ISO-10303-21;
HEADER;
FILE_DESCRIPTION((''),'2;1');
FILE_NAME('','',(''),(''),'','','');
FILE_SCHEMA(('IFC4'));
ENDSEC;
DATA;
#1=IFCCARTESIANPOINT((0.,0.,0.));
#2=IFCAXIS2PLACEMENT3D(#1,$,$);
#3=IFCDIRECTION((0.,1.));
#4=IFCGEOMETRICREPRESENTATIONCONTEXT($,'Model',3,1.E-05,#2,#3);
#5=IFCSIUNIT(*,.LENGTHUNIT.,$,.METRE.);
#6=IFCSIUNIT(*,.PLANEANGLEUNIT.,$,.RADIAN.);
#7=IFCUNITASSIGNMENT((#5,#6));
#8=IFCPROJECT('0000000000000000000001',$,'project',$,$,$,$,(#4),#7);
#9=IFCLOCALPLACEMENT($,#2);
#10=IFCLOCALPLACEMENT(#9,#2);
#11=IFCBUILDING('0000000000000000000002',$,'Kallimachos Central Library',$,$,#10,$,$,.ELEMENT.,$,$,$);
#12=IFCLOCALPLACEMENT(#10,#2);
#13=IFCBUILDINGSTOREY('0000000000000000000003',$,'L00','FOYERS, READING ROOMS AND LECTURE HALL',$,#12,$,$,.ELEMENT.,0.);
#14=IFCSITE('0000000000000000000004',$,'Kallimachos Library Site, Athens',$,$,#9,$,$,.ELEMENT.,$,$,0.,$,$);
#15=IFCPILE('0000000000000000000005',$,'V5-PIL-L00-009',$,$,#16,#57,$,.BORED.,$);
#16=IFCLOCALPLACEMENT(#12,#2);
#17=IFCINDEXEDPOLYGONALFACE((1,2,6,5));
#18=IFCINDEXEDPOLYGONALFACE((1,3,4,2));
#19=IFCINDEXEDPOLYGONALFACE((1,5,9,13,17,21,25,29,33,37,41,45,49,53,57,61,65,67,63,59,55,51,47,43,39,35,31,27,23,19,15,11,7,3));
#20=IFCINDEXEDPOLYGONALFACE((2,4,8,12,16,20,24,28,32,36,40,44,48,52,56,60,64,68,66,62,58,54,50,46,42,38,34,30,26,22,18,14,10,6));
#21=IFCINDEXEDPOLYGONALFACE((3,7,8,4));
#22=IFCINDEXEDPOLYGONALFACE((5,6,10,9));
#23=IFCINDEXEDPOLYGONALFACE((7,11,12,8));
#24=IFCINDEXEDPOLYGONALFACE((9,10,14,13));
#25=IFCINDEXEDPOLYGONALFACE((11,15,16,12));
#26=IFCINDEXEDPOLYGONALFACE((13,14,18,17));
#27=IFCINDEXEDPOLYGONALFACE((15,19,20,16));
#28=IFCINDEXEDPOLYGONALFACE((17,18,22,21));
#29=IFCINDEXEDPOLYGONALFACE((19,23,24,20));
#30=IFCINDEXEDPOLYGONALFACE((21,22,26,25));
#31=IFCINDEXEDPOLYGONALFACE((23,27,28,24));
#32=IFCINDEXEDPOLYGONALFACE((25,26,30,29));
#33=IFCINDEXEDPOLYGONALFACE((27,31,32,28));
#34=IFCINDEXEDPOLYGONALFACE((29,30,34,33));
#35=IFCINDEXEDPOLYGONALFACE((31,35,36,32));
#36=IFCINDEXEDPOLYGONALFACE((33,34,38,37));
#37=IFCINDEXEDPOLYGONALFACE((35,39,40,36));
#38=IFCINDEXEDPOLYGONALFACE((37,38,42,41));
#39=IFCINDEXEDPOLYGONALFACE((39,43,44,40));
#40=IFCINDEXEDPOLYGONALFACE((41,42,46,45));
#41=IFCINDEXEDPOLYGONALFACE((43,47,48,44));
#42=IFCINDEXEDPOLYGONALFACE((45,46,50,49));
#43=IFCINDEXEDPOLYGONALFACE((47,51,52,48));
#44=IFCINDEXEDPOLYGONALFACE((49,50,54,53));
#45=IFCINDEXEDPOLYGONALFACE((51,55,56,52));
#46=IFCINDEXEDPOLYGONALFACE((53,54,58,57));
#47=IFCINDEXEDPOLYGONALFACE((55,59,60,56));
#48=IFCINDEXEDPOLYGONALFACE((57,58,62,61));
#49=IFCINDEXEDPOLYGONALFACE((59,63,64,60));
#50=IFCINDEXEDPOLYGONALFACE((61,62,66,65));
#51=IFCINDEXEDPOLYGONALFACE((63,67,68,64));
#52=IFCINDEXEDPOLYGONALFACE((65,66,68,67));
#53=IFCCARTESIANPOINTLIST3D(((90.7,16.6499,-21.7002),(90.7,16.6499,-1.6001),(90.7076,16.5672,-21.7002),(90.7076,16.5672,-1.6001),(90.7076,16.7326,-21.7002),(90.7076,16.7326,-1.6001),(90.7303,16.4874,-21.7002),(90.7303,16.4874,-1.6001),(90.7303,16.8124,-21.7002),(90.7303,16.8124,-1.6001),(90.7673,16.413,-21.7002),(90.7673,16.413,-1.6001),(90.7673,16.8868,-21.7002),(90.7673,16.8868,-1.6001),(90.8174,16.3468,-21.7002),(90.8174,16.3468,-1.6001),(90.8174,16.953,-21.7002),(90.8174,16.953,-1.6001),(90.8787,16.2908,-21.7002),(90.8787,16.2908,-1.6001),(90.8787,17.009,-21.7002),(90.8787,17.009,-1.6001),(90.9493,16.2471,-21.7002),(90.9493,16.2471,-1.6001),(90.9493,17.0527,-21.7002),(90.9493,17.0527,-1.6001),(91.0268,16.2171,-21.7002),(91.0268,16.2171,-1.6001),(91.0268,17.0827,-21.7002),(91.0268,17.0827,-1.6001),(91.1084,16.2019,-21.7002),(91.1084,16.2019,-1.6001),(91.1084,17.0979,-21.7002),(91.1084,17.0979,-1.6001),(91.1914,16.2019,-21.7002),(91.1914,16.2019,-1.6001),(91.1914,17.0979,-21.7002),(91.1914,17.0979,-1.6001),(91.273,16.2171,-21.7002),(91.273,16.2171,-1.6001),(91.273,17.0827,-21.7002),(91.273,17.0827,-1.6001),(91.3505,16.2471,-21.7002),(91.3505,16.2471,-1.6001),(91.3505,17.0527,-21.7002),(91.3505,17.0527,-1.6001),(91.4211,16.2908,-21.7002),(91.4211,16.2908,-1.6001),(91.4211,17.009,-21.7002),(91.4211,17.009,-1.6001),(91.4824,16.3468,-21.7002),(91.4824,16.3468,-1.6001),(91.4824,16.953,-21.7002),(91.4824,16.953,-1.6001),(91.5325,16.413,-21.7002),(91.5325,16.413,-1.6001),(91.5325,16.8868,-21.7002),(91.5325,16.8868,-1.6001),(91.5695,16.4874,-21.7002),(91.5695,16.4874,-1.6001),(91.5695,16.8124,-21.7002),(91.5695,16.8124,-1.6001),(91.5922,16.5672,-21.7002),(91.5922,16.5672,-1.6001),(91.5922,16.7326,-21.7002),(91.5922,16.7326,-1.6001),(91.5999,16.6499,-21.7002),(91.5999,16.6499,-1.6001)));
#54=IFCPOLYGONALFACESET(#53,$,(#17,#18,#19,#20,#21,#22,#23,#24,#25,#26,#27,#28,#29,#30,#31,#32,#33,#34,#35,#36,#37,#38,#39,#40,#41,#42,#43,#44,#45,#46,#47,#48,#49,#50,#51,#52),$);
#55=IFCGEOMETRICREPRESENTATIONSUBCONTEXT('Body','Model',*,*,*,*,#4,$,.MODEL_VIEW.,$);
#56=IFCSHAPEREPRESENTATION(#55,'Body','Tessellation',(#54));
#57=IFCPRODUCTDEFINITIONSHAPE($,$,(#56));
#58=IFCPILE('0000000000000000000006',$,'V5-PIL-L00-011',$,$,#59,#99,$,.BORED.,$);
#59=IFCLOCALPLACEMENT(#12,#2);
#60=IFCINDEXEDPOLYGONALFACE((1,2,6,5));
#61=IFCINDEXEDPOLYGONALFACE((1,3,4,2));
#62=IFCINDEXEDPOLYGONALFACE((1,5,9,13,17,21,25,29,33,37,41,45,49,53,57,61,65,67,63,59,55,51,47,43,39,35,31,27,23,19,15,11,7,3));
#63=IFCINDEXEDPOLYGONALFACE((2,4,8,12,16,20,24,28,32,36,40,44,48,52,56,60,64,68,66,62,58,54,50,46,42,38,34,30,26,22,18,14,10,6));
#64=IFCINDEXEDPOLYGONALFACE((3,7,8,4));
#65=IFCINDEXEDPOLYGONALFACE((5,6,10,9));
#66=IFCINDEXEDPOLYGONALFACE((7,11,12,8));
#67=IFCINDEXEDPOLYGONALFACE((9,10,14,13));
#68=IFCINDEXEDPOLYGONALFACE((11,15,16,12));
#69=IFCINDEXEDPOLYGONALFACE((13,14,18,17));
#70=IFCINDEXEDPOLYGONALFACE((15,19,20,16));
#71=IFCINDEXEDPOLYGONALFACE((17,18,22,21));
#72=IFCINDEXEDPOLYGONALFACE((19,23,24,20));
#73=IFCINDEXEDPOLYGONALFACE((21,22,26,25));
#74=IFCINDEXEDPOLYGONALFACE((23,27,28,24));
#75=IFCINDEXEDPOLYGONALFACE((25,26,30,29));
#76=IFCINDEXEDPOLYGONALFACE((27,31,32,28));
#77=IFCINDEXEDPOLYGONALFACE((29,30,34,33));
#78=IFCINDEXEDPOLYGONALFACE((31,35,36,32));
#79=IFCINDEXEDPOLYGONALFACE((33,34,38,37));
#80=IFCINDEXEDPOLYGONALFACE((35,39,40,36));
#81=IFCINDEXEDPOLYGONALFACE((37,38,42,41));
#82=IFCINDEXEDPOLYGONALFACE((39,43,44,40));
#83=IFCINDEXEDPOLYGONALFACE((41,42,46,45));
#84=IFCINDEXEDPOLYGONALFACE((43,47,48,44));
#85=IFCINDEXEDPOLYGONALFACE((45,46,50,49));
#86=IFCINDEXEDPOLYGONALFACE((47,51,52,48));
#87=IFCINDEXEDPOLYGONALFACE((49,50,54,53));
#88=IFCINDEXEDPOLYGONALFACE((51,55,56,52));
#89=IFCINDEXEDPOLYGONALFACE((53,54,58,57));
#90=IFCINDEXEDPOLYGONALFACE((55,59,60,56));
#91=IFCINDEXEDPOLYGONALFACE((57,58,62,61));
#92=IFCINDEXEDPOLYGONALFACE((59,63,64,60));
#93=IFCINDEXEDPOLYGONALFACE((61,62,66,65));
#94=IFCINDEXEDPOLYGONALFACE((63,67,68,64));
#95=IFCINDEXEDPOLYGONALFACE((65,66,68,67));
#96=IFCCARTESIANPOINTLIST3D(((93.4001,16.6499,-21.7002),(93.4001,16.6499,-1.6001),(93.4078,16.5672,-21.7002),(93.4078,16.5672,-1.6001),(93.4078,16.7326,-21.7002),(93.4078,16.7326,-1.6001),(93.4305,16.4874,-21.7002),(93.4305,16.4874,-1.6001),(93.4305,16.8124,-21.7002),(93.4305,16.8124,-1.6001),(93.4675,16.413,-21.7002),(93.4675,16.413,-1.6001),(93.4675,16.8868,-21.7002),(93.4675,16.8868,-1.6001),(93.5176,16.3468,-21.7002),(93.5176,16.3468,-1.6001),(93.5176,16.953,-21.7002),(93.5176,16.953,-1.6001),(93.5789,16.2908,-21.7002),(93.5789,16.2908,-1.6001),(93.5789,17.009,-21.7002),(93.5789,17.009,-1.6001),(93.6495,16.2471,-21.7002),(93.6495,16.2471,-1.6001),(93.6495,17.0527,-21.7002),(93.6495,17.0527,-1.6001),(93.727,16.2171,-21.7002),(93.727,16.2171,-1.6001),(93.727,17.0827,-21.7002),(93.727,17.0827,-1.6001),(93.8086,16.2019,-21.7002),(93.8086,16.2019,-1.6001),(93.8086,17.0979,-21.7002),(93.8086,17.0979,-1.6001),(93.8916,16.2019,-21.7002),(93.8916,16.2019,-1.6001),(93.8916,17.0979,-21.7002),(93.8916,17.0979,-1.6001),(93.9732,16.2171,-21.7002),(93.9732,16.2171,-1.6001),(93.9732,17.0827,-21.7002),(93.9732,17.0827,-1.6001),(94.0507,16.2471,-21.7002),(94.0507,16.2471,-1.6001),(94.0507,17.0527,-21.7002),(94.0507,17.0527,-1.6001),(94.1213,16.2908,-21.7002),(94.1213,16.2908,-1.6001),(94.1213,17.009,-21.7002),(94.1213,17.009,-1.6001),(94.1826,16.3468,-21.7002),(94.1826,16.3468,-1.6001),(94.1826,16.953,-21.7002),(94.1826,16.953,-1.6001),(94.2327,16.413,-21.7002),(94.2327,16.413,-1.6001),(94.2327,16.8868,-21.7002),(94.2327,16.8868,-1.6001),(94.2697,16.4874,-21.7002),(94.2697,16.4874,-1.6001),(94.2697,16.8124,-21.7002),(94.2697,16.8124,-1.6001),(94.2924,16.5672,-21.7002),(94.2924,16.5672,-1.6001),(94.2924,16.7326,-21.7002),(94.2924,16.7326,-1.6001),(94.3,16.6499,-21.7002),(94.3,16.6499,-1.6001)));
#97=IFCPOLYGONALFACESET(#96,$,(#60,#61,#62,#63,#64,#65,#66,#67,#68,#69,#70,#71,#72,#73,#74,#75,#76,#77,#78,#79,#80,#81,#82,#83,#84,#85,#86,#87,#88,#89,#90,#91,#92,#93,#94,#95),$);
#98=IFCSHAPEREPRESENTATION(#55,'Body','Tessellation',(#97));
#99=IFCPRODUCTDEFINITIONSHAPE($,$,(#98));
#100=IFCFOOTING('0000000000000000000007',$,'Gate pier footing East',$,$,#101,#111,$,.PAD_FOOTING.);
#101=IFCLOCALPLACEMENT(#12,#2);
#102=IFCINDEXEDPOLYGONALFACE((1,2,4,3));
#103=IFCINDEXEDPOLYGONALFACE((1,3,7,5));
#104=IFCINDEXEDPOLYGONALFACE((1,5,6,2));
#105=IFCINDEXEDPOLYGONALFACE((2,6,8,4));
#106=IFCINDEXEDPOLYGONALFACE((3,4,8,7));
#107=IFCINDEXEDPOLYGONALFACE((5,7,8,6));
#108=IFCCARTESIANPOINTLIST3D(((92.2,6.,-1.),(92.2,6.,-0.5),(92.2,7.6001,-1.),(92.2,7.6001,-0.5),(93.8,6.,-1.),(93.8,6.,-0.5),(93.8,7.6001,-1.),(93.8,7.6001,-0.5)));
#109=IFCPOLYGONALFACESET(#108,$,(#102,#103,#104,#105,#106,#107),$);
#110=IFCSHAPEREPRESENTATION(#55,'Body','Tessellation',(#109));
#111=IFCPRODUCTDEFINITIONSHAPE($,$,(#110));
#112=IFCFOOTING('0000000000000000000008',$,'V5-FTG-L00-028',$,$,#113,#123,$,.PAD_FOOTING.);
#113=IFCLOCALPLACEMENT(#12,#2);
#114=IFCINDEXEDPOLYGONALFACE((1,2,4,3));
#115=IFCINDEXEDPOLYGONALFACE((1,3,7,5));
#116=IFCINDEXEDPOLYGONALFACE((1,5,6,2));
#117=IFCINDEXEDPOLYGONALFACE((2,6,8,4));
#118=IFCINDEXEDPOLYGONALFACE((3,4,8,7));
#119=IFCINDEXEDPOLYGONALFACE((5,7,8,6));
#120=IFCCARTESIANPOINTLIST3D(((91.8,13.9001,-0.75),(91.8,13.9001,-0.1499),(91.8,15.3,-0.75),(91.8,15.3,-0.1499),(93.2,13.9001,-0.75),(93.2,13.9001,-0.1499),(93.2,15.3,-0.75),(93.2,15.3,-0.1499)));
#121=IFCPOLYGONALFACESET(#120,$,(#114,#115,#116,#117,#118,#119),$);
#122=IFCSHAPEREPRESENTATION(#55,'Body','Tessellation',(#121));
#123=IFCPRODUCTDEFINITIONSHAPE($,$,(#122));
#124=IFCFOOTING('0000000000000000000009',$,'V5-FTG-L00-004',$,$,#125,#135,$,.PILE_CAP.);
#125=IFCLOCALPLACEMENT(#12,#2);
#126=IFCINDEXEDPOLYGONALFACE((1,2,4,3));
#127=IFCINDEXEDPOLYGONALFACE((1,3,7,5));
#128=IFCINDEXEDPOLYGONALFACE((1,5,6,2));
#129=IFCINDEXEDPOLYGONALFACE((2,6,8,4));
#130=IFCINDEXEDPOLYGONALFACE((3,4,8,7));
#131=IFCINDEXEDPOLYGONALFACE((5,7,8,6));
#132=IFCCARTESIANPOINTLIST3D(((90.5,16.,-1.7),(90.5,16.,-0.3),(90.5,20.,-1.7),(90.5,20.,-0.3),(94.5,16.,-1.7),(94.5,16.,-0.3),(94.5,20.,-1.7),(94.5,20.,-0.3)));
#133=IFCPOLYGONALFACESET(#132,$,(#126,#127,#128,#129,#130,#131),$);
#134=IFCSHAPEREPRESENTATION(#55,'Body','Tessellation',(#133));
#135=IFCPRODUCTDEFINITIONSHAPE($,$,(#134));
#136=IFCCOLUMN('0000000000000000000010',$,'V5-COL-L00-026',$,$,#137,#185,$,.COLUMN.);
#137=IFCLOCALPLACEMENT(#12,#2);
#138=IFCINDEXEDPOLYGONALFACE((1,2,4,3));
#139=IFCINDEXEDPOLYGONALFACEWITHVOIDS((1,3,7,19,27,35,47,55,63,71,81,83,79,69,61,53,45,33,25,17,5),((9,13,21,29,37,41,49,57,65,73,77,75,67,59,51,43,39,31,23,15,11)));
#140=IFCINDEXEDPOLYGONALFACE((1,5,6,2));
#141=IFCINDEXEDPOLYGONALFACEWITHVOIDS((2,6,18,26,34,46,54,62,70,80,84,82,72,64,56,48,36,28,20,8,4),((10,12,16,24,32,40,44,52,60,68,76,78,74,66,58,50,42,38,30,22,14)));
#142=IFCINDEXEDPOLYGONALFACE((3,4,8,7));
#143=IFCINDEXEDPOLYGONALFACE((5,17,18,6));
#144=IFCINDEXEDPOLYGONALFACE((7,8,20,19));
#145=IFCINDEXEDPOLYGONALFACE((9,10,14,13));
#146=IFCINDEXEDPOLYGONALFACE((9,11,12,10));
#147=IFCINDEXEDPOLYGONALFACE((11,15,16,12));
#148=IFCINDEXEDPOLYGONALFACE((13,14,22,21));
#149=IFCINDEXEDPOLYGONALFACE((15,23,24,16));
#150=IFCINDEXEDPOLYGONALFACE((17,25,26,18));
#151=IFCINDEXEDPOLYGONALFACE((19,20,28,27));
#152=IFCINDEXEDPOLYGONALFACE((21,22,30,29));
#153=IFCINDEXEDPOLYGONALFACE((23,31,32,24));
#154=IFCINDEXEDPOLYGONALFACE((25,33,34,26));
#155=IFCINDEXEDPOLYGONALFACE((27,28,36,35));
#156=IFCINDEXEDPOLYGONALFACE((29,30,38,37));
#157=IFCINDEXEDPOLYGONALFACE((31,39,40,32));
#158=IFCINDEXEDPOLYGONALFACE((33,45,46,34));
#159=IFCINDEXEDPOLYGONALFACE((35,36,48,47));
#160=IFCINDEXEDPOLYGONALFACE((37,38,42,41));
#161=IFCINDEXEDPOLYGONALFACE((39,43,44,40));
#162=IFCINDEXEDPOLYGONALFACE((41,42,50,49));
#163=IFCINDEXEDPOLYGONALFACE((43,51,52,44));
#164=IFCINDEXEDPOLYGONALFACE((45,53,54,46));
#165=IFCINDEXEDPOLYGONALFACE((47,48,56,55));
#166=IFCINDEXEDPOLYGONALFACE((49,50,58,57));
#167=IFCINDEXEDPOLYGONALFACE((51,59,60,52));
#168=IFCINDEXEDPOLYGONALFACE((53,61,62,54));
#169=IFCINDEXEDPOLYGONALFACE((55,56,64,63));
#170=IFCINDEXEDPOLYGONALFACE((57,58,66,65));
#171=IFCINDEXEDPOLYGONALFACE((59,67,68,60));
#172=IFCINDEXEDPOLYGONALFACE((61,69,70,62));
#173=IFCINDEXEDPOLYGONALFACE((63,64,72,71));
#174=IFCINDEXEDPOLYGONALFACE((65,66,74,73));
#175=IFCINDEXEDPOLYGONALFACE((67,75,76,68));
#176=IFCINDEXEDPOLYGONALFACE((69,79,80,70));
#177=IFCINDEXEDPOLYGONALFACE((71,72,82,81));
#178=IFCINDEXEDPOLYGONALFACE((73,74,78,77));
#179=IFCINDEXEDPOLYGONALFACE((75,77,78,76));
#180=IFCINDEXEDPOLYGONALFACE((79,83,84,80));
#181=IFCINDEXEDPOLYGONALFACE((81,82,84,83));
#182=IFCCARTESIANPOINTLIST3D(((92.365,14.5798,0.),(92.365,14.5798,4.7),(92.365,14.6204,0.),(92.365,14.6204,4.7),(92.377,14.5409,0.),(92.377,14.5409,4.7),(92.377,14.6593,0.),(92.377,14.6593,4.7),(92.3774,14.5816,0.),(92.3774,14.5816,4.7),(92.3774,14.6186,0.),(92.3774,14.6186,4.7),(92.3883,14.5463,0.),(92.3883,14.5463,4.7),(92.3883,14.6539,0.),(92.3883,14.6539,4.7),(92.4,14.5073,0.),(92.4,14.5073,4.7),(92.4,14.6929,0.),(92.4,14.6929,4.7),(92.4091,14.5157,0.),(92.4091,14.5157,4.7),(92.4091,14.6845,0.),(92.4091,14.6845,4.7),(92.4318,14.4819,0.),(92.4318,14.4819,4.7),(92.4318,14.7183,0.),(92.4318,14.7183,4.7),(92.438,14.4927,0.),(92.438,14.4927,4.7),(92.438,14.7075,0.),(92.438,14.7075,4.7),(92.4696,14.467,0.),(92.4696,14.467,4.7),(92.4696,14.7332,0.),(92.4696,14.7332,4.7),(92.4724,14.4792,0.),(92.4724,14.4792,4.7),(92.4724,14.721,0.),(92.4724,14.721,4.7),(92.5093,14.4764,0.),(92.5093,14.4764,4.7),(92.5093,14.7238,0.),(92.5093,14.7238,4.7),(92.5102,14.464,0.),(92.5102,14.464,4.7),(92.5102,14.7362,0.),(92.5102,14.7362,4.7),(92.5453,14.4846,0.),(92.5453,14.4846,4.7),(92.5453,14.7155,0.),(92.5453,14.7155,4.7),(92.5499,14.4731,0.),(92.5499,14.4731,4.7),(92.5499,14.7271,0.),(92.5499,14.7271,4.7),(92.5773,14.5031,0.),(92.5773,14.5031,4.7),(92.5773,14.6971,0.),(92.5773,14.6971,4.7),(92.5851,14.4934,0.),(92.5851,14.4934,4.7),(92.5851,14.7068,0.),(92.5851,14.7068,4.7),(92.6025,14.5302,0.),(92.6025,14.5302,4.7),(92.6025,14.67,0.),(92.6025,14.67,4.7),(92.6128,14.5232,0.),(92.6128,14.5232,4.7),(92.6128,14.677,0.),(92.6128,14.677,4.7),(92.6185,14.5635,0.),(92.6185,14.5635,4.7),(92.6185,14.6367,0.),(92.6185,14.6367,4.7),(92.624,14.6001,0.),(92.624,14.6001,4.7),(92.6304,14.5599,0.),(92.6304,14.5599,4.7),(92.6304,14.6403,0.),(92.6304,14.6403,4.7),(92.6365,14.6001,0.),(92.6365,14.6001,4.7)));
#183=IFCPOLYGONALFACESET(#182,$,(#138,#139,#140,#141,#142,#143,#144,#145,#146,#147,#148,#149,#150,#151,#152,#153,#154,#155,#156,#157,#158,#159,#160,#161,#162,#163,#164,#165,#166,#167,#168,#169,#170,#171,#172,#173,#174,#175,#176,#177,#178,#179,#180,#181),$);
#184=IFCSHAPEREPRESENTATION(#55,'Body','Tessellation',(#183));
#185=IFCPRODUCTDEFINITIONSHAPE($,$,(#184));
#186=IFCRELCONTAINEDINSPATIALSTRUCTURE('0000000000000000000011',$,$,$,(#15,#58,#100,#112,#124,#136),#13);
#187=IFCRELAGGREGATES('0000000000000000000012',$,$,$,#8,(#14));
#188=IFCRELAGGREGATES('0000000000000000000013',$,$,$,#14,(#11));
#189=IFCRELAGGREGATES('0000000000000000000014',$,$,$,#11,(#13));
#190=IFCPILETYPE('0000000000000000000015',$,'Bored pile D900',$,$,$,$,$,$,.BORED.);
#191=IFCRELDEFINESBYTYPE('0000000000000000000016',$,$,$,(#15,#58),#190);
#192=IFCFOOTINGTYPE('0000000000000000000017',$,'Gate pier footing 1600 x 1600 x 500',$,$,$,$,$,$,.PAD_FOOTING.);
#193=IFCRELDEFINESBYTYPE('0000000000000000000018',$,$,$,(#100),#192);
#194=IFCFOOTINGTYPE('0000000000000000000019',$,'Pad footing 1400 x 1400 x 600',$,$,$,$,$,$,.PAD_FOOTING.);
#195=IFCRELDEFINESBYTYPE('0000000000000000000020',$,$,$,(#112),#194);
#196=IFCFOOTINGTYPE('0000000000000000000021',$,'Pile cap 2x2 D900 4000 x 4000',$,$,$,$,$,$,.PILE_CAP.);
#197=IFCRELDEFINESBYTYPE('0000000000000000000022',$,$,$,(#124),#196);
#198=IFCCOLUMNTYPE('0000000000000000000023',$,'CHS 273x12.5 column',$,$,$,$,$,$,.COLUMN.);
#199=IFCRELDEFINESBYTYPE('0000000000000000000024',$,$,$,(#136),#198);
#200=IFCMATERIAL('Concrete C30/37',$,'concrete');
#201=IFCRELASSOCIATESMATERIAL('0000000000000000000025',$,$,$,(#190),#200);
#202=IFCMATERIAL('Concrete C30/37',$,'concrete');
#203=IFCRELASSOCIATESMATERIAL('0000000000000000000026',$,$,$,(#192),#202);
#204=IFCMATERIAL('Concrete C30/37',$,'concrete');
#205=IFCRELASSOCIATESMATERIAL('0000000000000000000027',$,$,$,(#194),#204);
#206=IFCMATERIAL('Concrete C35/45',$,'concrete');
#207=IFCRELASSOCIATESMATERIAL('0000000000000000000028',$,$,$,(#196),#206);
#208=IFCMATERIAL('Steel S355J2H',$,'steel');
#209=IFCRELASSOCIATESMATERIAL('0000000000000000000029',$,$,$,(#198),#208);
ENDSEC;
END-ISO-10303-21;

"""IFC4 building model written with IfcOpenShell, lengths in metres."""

from ifc_helpers import new_model, si_unit, direction, frame, origin, origin_2d, place, context, subcontext, project, spatial, rectangle, circle, hollow_circle, extrude, material, material_profile, profile_set, type_object, element, save


model = new_model("IFC4")

# Units and contexts
model_context = context("Model", 3, precision=1e-05, world=origin(), true_north=direction((0.0, 1.0)))
body_context = subcontext(model_context, "Body", "Model", "MODEL_VIEW")
ifc_project = project(units=[si_unit("LENGTHUNIT", "METRE"), si_unit("PLANEANGLEUNIT", "RADIAN")], contexts=[model_context])

# Site, building, storey
site_placement = place(None, origin())
site = spatial("IfcSite", under=ifc_project, at=site_placement, Name="Kallimachos Library Site, Athens", CompositionType="ELEMENT", RefElevation=0.0)
building_placement = place(site_placement, origin())
building = spatial("IfcBuilding", under=site, at=building_placement, Name="Kallimachos Central Library", CompositionType="ELEMENT")
storey_placement = place(building_placement, origin())
storey = spatial("IfcBuildingStorey", under=building, at=storey_placement, Name="L00", Description="FOYERS, READING ROOMS AND LECTURE HALL", CompositionType="ELEMENT", Elevation=0.0)

# Piles
ifc_material_1 = material(Name="Concrete C30/37", Category="concrete")
pile_type = type_object("IfcPileType", Name="Bored pile D900", PredefinedType="BORED", material=ifc_material_1)
for number, where, z_axis, x_axis, name in (
    (1, (91.1499, 16.6499, -1.6001), (0.0, 0.0, -1.0), (1.0, 0.0, 0.0), "V5-PIL-L00-009"),
    (2, (93.8501, 16.6499, -1.6001), (0.0, 0.0, -1.0), (1.0, 0.0, 0.0), "V5-PIL-L00-011"),
):
    element("IfcPile", number, at=place(storey_placement, frame(where, z_axis=z_axis, x_axis=x_axis)), inside=storey, type_object=pile_type, Name=name, PredefinedType="BORED", context=body_context, shape_type="SweptSolid", body=[
        extrude(circle(Radius=0.45, at=origin_2d()), origin(), (0.0, 0.0, 1.0), 20.1001),
    ])

# Footings
ifc_material_2 = material(Name="Concrete C30/37", Category="concrete")
footing_type_1 = type_object("IfcFootingType", Name="Gate pier footing 1600 x 1600 x 500", PredefinedType="PAD_FOOTING", material=ifc_material_2)
footing_1_placement = place(storey_placement, frame((93.0, 6.8, -1.0), z_axis=(0.0, 0.0, 1.0), x_axis=(1.0, 0.0, 0.0)))
element("IfcFooting", 3, at=footing_1_placement, inside=storey, type_object=footing_type_1, Name="Gate pier footing East", PredefinedType="PAD_FOOTING", context=body_context, shape_type="SweptSolid", body=[
    extrude(rectangle(XDim=1.6001, YDim=1.6001, at=origin_2d()), origin(), (0.0, 0.0, 1.0), 0.5),
])
ifc_material_3 = material(Name="Concrete C30/37", Category="concrete")
footing_type_2 = type_object("IfcFootingType", Name="Pad footing 1400 x 1400 x 600", PredefinedType="PAD_FOOTING", material=ifc_material_3)
footing_2_placement = place(storey_placement, frame((92.5, 14.6001, -0.75), z_axis=(0.0, 0.0, 1.0), x_axis=(1.0, 0.0, 0.0)))
element("IfcFooting", 4, at=footing_2_placement, inside=storey, type_object=footing_type_2, Name="V5-FTG-L00-028", PredefinedType="PAD_FOOTING", context=body_context, shape_type="SweptSolid", body=[
    extrude(rectangle(XDim=1.3999, YDim=1.3999, at=origin_2d()), origin(), (0.0, 0.0, 1.0), 0.6001),
])
ifc_material_4 = material(Name="Concrete C35/45", Category="concrete")
footing_type_3 = type_object("IfcFootingType", Name="Pile cap 2x2 D900 4000 x 4000", PredefinedType="PILE_CAP", material=ifc_material_4)
footing_3_placement = place(storey_placement, frame((92.5, 18.0, -1.7), z_axis=(0.0, 0.0, 1.0), x_axis=(1.0, 0.0, 0.0)))
element("IfcFooting", 5, at=footing_3_placement, inside=storey, type_object=footing_type_3, Name="V5-FTG-L00-004", PredefinedType="PILE_CAP", context=body_context, shape_type="SweptSolid", body=[
    extrude(rectangle(XDim=4.0, YDim=4.0, at=origin_2d()), origin(), (0.0, 0.0, 1.0), 1.3999),
])

# Column
ifc_material_5 = material(Name="Steel S355J2H", Category="steel")
ifc_material_profile_1 = material_profile(ifc_material_5, hollow_circle(Radius=0.1365, WallThickness=0.0125, at=origin_2d()), Name="CHS 273x12.5")
ifc_profile_set_1 = profile_set([ifc_material_profile_1], Name="Steel S355J2H")
column_type_1 = type_object("IfcColumnType", Name="CHS 273x12.5 column", PredefinedType="COLUMN", material=ifc_profile_set_1)
column_1_placement = place(storey_placement, frame((92.5, 14.6001, 0.0), z_axis=(0.0, 0.0, 1.0), x_axis=(1.0, 0.0, 0.0)))
element("IfcColumn", 6, at=column_1_placement, inside=storey, type_object=column_type_1, Name="V5-COL-L00-026", PredefinedType="COLUMN", context=body_context, shape_type="SweptSolid", body=[
    extrude(hollow_circle(Radius=0.1365, WallThickness=0.0125, at=origin_2d()), origin(), (0.0, 0.0, 1.0), 4.7),
])

save(model, "model.ifc")
